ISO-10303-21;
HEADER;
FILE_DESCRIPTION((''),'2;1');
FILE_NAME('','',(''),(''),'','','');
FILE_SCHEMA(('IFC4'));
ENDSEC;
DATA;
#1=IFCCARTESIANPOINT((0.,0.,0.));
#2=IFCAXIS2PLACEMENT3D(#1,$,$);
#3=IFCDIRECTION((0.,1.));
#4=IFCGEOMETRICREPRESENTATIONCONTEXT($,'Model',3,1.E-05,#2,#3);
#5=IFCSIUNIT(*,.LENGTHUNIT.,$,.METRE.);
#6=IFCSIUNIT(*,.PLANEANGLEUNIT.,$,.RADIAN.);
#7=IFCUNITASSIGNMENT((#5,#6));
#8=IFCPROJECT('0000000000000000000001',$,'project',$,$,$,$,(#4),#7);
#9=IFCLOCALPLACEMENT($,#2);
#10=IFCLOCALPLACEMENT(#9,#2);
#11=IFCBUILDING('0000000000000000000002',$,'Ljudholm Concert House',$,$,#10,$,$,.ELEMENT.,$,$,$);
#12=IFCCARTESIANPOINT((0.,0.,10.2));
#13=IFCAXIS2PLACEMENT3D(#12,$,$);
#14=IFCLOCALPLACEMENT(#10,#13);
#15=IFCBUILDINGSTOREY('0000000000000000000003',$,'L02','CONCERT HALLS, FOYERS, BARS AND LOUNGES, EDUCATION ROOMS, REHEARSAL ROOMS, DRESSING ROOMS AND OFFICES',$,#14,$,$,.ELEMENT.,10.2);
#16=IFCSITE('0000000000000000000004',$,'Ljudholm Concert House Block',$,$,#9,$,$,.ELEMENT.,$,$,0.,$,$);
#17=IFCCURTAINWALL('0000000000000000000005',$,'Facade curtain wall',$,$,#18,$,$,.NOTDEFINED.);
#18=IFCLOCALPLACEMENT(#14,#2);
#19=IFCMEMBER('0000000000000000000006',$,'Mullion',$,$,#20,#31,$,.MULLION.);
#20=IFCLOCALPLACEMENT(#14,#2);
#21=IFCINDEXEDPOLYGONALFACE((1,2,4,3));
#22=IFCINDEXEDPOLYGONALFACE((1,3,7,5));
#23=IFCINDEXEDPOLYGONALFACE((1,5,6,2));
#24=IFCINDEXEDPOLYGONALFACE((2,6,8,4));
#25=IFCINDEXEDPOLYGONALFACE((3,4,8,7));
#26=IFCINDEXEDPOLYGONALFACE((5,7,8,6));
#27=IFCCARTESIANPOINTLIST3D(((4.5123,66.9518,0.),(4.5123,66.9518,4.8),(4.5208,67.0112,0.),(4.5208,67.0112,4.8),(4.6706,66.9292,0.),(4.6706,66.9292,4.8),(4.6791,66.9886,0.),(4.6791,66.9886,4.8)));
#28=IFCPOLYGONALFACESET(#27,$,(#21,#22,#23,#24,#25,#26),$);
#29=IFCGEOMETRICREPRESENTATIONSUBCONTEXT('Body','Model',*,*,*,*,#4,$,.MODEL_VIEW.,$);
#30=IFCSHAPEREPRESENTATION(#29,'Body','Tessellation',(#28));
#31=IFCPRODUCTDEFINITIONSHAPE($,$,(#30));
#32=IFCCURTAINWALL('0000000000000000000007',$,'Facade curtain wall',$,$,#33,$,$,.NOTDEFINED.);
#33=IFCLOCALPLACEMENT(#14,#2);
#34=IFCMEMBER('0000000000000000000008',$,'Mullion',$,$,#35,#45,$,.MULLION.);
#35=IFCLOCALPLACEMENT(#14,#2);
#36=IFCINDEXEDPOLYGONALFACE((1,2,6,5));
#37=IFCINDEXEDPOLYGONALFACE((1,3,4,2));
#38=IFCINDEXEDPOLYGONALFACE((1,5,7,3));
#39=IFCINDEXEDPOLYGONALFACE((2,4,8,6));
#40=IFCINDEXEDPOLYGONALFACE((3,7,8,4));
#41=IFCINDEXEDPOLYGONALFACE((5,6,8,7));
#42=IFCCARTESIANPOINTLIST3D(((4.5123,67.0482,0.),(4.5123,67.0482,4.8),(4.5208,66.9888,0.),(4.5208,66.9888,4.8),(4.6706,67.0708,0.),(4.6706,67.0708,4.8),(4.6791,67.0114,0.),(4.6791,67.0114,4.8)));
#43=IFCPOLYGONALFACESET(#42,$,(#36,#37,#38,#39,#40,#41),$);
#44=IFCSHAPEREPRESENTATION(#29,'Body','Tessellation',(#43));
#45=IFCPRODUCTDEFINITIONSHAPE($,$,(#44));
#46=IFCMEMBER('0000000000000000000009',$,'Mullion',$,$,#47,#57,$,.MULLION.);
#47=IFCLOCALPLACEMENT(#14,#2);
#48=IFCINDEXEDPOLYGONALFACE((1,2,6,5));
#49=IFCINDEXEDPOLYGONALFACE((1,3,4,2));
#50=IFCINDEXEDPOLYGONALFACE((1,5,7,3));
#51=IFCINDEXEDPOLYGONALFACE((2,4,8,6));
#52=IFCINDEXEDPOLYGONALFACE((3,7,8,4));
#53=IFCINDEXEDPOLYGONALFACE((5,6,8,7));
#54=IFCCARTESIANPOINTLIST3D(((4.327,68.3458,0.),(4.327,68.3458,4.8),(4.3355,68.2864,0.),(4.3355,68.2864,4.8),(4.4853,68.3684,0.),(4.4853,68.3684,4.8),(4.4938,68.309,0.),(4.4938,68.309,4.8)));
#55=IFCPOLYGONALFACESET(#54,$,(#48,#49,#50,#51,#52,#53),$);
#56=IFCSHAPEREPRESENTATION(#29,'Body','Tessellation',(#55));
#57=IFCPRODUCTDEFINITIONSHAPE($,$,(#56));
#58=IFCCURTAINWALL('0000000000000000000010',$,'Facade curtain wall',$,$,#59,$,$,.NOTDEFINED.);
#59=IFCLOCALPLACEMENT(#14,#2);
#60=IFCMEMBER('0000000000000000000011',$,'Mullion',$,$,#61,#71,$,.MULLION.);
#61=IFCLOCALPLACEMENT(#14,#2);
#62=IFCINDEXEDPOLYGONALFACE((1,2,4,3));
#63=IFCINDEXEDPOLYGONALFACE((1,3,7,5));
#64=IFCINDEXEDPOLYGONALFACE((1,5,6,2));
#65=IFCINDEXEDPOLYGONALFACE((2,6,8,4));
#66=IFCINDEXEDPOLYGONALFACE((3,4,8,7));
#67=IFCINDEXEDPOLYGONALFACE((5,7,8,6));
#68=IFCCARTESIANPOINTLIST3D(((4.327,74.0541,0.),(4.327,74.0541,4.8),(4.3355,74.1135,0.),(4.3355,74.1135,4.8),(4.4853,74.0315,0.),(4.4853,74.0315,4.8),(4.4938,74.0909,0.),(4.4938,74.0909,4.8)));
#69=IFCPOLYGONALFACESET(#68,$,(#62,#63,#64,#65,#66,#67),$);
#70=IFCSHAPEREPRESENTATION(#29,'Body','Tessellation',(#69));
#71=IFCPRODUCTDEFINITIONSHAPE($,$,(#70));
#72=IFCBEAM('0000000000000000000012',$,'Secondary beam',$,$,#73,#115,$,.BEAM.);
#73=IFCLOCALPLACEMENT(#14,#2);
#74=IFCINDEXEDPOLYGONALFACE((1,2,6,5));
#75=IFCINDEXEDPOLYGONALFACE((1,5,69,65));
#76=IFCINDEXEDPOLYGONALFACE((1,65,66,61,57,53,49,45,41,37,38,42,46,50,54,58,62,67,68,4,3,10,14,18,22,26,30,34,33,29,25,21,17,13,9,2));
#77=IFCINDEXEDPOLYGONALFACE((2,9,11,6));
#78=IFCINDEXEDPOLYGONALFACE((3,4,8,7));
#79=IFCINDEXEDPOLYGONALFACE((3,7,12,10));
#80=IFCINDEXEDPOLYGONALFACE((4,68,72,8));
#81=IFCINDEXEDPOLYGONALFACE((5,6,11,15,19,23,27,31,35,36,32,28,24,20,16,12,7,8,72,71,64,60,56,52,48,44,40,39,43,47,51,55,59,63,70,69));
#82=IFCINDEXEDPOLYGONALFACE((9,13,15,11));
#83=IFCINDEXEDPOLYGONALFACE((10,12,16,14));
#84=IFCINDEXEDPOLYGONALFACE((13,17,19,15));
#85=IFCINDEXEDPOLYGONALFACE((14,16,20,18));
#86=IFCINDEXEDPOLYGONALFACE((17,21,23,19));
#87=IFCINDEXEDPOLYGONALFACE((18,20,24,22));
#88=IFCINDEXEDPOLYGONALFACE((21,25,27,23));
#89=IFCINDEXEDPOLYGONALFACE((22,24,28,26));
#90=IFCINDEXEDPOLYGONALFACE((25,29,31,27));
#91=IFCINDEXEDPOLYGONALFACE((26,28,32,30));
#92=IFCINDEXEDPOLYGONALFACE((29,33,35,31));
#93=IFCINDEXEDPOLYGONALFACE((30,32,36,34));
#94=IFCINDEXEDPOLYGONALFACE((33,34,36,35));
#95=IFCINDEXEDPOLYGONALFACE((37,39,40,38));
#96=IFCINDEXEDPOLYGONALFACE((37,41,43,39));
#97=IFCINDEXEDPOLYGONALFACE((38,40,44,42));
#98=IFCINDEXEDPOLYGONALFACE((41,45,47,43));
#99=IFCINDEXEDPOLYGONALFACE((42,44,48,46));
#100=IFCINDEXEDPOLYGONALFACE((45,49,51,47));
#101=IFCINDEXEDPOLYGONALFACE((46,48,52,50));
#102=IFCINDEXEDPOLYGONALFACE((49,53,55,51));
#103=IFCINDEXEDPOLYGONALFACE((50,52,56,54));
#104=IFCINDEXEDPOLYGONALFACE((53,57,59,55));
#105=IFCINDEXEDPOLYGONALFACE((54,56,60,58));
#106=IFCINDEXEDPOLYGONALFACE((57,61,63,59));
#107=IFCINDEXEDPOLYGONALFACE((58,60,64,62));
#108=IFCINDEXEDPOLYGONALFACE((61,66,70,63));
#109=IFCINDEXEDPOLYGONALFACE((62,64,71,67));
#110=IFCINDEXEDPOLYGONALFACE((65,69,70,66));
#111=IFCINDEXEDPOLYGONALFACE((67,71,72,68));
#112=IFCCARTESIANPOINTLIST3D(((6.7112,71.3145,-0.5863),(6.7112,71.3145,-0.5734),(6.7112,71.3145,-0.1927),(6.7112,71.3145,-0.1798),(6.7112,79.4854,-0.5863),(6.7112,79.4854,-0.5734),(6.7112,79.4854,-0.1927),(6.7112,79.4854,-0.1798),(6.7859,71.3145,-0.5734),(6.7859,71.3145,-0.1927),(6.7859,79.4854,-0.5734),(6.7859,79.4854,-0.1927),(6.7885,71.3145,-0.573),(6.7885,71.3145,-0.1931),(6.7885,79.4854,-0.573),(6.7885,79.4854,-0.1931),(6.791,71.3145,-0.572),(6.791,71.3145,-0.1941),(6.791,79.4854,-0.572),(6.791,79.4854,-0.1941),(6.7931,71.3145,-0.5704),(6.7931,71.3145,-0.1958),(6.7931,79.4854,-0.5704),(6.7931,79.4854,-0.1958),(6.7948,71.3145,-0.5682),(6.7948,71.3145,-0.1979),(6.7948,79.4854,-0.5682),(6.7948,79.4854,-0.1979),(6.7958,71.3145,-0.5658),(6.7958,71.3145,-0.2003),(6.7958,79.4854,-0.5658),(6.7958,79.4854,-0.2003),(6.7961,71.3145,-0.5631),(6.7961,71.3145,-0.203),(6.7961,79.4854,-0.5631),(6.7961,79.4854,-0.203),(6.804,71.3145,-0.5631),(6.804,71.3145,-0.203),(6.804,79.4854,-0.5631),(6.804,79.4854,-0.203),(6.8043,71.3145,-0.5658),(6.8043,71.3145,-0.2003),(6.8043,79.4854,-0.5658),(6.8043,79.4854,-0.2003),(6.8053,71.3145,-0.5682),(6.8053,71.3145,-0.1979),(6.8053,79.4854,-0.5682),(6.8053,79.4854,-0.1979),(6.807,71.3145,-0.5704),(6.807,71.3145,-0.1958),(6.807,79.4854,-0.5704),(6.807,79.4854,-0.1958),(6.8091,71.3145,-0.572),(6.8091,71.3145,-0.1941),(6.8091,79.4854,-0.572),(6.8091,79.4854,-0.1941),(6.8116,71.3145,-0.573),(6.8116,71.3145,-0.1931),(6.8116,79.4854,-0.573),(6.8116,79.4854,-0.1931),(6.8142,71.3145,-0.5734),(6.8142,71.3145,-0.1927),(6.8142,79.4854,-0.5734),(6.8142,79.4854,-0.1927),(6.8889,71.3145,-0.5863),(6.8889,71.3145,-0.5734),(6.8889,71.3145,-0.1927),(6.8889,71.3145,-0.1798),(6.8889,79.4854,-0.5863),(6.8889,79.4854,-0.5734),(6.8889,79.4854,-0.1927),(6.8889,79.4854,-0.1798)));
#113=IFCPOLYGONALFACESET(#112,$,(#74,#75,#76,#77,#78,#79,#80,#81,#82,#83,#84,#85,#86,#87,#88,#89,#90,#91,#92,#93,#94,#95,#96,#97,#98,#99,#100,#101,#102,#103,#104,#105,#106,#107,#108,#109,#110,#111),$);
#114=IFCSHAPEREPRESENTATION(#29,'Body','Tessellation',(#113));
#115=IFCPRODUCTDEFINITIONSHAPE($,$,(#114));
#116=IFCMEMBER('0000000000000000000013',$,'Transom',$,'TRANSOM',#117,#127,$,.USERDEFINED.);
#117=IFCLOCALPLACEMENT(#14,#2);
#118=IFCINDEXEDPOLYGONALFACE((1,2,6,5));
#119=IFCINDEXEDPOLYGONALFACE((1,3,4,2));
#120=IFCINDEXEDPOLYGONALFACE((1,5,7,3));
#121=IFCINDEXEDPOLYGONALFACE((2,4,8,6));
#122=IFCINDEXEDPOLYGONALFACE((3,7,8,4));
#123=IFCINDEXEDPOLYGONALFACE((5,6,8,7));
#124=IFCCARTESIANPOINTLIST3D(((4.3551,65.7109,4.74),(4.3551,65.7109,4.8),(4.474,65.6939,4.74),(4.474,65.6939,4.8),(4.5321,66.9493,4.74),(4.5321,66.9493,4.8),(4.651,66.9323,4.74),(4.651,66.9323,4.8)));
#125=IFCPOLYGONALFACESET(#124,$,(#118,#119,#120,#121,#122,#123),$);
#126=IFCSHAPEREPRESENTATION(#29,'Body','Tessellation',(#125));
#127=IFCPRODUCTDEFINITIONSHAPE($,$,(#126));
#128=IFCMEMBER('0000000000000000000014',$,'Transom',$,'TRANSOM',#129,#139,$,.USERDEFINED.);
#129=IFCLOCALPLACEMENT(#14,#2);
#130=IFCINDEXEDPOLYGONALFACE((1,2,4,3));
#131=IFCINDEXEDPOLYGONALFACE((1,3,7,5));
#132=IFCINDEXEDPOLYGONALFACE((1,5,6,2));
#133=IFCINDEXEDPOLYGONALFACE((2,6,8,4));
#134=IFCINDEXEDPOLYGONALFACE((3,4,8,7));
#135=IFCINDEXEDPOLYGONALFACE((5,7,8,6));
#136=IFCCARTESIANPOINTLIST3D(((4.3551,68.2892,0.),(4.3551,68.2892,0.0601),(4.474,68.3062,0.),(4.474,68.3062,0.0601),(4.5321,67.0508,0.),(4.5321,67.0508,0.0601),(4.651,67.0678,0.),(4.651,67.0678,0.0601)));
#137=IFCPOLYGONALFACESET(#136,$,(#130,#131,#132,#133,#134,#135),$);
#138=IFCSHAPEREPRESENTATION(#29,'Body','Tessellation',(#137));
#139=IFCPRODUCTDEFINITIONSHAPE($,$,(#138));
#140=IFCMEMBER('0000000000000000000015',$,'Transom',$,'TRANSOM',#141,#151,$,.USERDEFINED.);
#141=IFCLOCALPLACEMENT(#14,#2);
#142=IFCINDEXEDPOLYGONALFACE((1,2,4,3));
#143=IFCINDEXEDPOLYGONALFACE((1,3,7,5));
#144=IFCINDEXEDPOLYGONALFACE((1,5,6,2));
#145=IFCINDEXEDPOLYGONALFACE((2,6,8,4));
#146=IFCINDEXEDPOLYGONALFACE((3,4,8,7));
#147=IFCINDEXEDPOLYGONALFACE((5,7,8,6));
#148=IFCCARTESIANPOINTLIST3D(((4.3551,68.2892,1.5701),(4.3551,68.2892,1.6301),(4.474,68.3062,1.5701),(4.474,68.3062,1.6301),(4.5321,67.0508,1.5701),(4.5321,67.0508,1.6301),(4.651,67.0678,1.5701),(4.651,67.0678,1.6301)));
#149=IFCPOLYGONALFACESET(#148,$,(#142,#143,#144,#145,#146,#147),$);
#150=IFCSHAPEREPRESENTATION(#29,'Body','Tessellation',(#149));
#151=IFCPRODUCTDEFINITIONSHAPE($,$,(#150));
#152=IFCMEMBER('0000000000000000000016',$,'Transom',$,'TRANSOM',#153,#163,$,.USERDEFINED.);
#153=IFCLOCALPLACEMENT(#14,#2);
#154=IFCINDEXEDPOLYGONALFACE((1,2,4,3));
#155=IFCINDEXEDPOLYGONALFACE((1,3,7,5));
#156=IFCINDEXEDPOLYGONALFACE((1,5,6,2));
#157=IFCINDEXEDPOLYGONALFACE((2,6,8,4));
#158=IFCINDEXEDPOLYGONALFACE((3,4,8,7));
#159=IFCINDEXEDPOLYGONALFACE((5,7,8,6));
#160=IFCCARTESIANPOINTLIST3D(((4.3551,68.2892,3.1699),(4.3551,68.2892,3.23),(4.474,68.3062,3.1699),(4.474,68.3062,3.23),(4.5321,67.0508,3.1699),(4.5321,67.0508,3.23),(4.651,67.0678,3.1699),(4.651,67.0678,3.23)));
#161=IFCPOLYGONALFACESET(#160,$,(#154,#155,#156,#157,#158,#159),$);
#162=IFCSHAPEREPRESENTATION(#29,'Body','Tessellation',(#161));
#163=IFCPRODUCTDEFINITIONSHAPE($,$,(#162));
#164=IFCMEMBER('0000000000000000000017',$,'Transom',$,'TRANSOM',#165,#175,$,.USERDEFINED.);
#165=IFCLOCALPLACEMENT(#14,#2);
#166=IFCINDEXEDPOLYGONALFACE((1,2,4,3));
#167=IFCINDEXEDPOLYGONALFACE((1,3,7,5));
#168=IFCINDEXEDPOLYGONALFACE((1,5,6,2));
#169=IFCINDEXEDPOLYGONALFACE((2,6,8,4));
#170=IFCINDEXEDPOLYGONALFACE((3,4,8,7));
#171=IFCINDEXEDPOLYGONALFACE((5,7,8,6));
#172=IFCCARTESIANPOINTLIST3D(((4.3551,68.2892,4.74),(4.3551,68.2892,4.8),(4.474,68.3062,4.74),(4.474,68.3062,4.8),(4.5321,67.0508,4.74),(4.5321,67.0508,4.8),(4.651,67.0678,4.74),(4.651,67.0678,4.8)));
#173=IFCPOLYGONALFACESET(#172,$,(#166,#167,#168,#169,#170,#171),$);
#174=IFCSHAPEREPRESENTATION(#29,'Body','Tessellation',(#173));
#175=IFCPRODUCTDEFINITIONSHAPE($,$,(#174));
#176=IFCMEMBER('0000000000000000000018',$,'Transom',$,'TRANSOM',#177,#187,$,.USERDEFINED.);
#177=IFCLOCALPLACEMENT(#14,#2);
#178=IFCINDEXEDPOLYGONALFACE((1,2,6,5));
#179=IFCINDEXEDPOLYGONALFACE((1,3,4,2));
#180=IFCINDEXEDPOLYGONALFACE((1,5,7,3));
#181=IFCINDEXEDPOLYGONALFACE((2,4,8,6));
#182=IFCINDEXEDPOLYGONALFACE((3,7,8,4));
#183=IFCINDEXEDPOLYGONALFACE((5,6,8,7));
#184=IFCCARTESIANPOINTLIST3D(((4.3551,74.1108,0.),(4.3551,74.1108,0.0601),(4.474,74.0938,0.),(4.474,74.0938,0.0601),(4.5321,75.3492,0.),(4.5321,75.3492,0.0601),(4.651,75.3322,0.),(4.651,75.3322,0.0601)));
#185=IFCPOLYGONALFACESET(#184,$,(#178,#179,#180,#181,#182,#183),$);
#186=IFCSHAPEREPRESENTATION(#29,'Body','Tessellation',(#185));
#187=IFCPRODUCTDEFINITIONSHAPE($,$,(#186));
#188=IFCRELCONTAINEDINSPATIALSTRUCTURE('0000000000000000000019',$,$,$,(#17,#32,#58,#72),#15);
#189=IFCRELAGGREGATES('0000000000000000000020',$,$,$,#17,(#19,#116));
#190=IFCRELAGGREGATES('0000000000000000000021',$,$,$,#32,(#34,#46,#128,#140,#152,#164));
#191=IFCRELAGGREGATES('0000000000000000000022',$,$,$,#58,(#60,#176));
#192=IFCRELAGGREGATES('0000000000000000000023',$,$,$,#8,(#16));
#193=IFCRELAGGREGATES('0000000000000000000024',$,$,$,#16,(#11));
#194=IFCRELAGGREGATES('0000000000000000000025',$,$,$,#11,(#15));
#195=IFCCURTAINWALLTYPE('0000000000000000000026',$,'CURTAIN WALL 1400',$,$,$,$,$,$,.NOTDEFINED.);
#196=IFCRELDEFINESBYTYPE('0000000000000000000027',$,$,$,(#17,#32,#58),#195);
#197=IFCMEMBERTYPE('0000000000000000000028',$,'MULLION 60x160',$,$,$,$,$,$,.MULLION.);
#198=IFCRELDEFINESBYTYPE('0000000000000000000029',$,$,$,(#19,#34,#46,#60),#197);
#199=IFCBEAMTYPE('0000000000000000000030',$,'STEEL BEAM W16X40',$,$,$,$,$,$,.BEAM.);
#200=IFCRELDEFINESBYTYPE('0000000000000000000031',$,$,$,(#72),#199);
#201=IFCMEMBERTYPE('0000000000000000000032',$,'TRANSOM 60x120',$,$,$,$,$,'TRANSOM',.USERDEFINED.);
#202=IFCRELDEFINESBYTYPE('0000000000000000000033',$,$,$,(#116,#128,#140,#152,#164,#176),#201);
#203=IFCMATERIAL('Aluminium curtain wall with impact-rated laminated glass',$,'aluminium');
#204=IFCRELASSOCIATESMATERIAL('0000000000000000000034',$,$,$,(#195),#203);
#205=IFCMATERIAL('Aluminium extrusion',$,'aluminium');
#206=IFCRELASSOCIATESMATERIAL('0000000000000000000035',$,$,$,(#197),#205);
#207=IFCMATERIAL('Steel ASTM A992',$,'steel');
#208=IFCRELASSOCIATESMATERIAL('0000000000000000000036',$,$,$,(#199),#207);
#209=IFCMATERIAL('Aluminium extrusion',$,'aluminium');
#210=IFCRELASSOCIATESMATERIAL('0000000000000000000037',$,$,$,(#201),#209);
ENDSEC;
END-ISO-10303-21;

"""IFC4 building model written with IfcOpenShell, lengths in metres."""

from ifc_helpers import new_model, si_unit, direction, frame, origin, origin_2d, place, context, subcontext, project, spatial, rectangle, i_section, extrude, material, material_profile, profile_set, type_object, element, aggregate, save


model = new_model("IFC4")

# Units and contexts
model_context = context("Model", 3, precision=1e-05, world=origin(), true_north=direction((0.0, 1.0)))
body_context = subcontext(model_context, "Body", "Model", "MODEL_VIEW")
ifc_project = project(units=[si_unit("LENGTHUNIT", "METRE"), si_unit("PLANEANGLEUNIT", "RADIAN")], contexts=[model_context])

# Site, building, storey
site_placement = place(None, origin())
site = spatial("IfcSite", under=ifc_project, at=site_placement, Name="Ljudholm Concert House Block", CompositionType="ELEMENT", RefElevation=0.0)
building_placement = place(site_placement, origin())
building = spatial("IfcBuilding", under=site, at=building_placement, Name="Ljudholm Concert House", CompositionType="ELEMENT")
storey_placement = place(building_placement, frame((0.0, 0.0, 10.2)))
storey = spatial("IfcBuildingStorey", under=building, at=storey_placement, Name="L02", Description="CONCERT HALLS, FOYERS, BARS AND LOUNGES, EDUCATION ROOMS, REHEARSAL ROOMS, DRESSING ROOMS AND OFFICES", CompositionType="ELEMENT", Elevation=10.2)

# Curtain wall, member
ifc_material_1 = material(Name="Aluminium curtain wall with impact-rated laminated glass", Category="aluminium")
curtain_wall_type = type_object("IfcCurtainWallType", Name="CURTAIN WALL 1400", PredefinedType="NOTDEFINED", material=ifc_material_1)
curtain_wall_1_placement = place(storey_placement, origin())
curtain_wall_1 = element("IfcCurtainWall", 1, at=curtain_wall_1_placement, inside=storey, type_object=curtain_wall_type, Name="Facade curtain wall", PredefinedType="NOTDEFINED")
ifc_material_2 = material(Name="Aluminium extrusion", Category="aluminium")
ifc_material_profile_1 = material_profile(ifc_material_2, rectangle(XDim=0.1599, YDim=0.0601, at=origin_2d()), Name="MULLION 60x160")
ifc_profile_set_1 = profile_set([ifc_material_profile_1], Name="Aluminium extrusion")
member_type_1 = type_object("IfcMemberType", Name="MULLION 60x160", PredefinedType="MULLION", material=ifc_profile_set_1)
member_1_placement = place(storey_placement, frame((4.5957, 66.9702, 0.0), z_axis=(0.0, 0.0, 1.0), x_axis=(-0.989949, 0.141421, 0.0)))
member_1 = element("IfcMember", 2, at=member_1_placement, type_object=member_type_1, Name="Mullion", PredefinedType="MULLION", context=body_context, shape_type="SweptSolid", body=[
    extrude(rectangle(XDim=0.1599, YDim=0.0601, at=origin_2d()), origin(), (0.0, 0.0, 1.0), 4.8),
])

# Curtain wall, members
curtain_wall_2_placement = place(storey_placement, origin())
curtain_wall_2 = element("IfcCurtainWall", 3, at=curtain_wall_2_placement, inside=storey, type_object=curtain_wall_type, Name="Facade curtain wall", PredefinedType="NOTDEFINED")
member_2_placement = place(storey_placement, frame((4.5957, 67.0298, 0.0), z_axis=(0.0, 0.0, 1.0), x_axis=(-0.989949, -0.141421, 0.0)))
member_2 = element("IfcMember", 4, at=member_2_placement, type_object=member_type_1, Name="Mullion", PredefinedType="MULLION", context=body_context, shape_type="SweptSolid", body=[
    extrude(rectangle(XDim=0.1599, YDim=0.0601, at=origin_2d()), origin(), (0.0, 0.0, 1.0), 4.8),
])
member_3_placement = place(storey_placement, frame((4.4104, 68.3274, 0.0), z_axis=(0.0, 0.0, 1.0), x_axis=(-0.989949, -0.141421, 0.0)))
member_3 = element("IfcMember", 5, at=member_3_placement, type_object=member_type_1, Name="Mullion", PredefinedType="MULLION", context=body_context, shape_type="SweptSolid", body=[
    extrude(rectangle(XDim=0.1599, YDim=0.0601, at=origin_2d()), origin(), (0.0, 0.0, 1.0), 4.8),
])

# Curtain wall, member
curtain_wall_3_placement = place(storey_placement, origin())
curtain_wall_3 = element("IfcCurtainWall", 6, at=curtain_wall_3_placement, inside=storey, type_object=curtain_wall_type, Name="Facade curtain wall", PredefinedType="NOTDEFINED")
member_4_placement = place(storey_placement, frame((4.4104, 74.0725, 0.0), z_axis=(0.0, 0.0, 1.0), x_axis=(-0.989949, 0.141421, 0.0)))
member_4 = element("IfcMember", 7, at=member_4_placement, type_object=member_type_1, Name="Mullion", PredefinedType="MULLION", context=body_context, shape_type="SweptSolid", body=[
    extrude(rectangle(XDim=0.1599, YDim=0.0601, at=origin_2d()), origin(), (0.0, 0.0, 1.0), 4.8),
])

# Beam
ifc_material_3 = material(Name="Steel ASTM A992", Category="steel")
ifc_material_profile_2 = material_profile(ifc_material_3, i_section(OverallWidth=0.1777, OverallDepth=0.4065, WebThickness=0.0078, FlangeThickness=0.0129, FilletRadius=0.0103, at=origin_2d()), Name="W16X40")
ifc_profile_set_2 = profile_set([ifc_material_profile_2], Name="Steel ASTM A992")
beam_type = type_object("IfcBeamType", Name="STEEL BEAM W16X40", PredefinedType="BEAM", material=ifc_profile_set_2)
beam_placement = place(storey_placement, frame((6.8, 71.3145, -0.3831), z_axis=(0.0, 1.0, 0.0), x_axis=(-1.0, 0.0, 0.0)))
element("IfcBeam", 8, at=beam_placement, inside=storey, type_object=beam_type, Name="Secondary beam", PredefinedType="BEAM", context=body_context, shape_type="SweptSolid", body=[
    extrude(i_section(OverallWidth=0.1777, OverallDepth=0.4065, WebThickness=0.0078, FlangeThickness=0.0129, FilletRadius=0.0103, at=origin_2d()), origin(), (0.0, 0.0, 1.0), 8.1709),
])

# Members
ifc_material_4 = material(Name="Aluminium extrusion", Category="aluminium")
ifc_material_profile_3 = material_profile(ifc_material_4, rectangle(XDim=0.1201, YDim=0.0601, at=origin_2d()), Name="TRANSOM 60x120")
ifc_profile_set_3 = profile_set([ifc_material_profile_3], Name="Aluminium extrusion")
member_type_2 = type_object("IfcMemberType", Name="TRANSOM 60x120", ElementType="TRANSOM", PredefinedType="USERDEFINED", material=ifc_profile_set_3)
member_5_placement = place(storey_placement, frame((4.4146, 65.7024, 4.77), z_axis=(0.141503, 0.989938, 0.0), x_axis=(-0.989938, 0.141503, 0.0)))
member_5 = element("IfcMember", 9, at=member_5_placement, type_object=member_type_2, Name="Transom", ObjectType="TRANSOM", PredefinedType="USERDEFINED", context=body_context, shape_type="SweptSolid", body=[
    extrude(rectangle(XDim=0.1201, YDim=0.0601, at=origin_2d()), origin(), (0.0, 0.0, 1.0), 1.251),
])
member_6_placement = place(storey_placement, frame((4.5916, 67.0593, 0.03), z_axis=(-0.141503, 0.989938, 0.0), x_axis=(-0.989938, -0.141503, 0.0)))
member_6 = element("IfcMember", 10, at=member_6_placement, type_object=member_type_2, Name="Transom", ObjectType="TRANSOM", PredefinedType="USERDEFINED", context=body_context, shape_type="SweptSolid", body=[
    extrude(rectangle(XDim=0.1201, YDim=0.0601, at=origin_2d()), origin(), (0.0, 0.0, 1.0), 1.251),
])
member_7_placement = place(storey_placement, frame((4.5916, 67.0593, 1.6001), z_axis=(-0.141503, 0.989938, 0.0), x_axis=(-0.989938, -0.141503, 0.0)))
member_7 = element("IfcMember", 11, at=member_7_placement, type_object=member_type_2, Name="Transom", ObjectType="TRANSOM", PredefinedType="USERDEFINED", context=body_context, shape_type="SweptSolid", body=[
    extrude(rectangle(XDim=0.1201, YDim=0.0601, at=origin_2d()), origin(), (0.0, 0.0, 1.0), 1.251),
])
member_8_placement = place(storey_placement, frame((4.5916, 67.0593, 3.2), z_axis=(-0.141503, 0.989938, 0.0), x_axis=(-0.989938, -0.141503, 0.0)))
member_8 = element("IfcMember", 12, at=member_8_placement, type_object=member_type_2, Name="Transom", ObjectType="TRANSOM", PredefinedType="USERDEFINED", context=body_context, shape_type="SweptSolid", body=[
    extrude(rectangle(XDim=0.1201, YDim=0.0601, at=origin_2d()), origin(), (0.0, 0.0, 1.0), 1.251),
])
member_9_placement = place(storey_placement, frame((4.5916, 67.0593, 4.77), z_axis=(-0.141503, 0.989938, 0.0), x_axis=(-0.989938, -0.141503, 0.0)))
member_9 = element("IfcMember", 13, at=member_9_placement, type_object=member_type_2, Name="Transom", ObjectType="TRANSOM", PredefinedType="USERDEFINED", context=body_context, shape_type="SweptSolid", body=[
    extrude(rectangle(XDim=0.1201, YDim=0.0601, at=origin_2d()), origin(), (0.0, 0.0, 1.0), 1.251),
])
member_10_placement = place(storey_placement, frame((4.4146, 74.1023, 0.03), z_axis=(0.141503, 0.989938, 0.0), x_axis=(-0.989938, 0.141503, 0.0)))
member_10 = element("IfcMember", 14, at=member_10_placement, type_object=member_type_2, Name="Transom", ObjectType="TRANSOM", PredefinedType="USERDEFINED", context=body_context, shape_type="SweptSolid", body=[
    extrude(rectangle(XDim=0.1201, YDim=0.0601, at=origin_2d()), origin(), (0.0, 0.0, 1.0), 1.251),
])

aggregate(curtain_wall_1, [member_1, member_5])
aggregate(curtain_wall_2, [member_2, member_3, member_6, member_7, member_8, member_9])
aggregate(curtain_wall_3, [member_4, member_10])

save(model, "model.ifc")
